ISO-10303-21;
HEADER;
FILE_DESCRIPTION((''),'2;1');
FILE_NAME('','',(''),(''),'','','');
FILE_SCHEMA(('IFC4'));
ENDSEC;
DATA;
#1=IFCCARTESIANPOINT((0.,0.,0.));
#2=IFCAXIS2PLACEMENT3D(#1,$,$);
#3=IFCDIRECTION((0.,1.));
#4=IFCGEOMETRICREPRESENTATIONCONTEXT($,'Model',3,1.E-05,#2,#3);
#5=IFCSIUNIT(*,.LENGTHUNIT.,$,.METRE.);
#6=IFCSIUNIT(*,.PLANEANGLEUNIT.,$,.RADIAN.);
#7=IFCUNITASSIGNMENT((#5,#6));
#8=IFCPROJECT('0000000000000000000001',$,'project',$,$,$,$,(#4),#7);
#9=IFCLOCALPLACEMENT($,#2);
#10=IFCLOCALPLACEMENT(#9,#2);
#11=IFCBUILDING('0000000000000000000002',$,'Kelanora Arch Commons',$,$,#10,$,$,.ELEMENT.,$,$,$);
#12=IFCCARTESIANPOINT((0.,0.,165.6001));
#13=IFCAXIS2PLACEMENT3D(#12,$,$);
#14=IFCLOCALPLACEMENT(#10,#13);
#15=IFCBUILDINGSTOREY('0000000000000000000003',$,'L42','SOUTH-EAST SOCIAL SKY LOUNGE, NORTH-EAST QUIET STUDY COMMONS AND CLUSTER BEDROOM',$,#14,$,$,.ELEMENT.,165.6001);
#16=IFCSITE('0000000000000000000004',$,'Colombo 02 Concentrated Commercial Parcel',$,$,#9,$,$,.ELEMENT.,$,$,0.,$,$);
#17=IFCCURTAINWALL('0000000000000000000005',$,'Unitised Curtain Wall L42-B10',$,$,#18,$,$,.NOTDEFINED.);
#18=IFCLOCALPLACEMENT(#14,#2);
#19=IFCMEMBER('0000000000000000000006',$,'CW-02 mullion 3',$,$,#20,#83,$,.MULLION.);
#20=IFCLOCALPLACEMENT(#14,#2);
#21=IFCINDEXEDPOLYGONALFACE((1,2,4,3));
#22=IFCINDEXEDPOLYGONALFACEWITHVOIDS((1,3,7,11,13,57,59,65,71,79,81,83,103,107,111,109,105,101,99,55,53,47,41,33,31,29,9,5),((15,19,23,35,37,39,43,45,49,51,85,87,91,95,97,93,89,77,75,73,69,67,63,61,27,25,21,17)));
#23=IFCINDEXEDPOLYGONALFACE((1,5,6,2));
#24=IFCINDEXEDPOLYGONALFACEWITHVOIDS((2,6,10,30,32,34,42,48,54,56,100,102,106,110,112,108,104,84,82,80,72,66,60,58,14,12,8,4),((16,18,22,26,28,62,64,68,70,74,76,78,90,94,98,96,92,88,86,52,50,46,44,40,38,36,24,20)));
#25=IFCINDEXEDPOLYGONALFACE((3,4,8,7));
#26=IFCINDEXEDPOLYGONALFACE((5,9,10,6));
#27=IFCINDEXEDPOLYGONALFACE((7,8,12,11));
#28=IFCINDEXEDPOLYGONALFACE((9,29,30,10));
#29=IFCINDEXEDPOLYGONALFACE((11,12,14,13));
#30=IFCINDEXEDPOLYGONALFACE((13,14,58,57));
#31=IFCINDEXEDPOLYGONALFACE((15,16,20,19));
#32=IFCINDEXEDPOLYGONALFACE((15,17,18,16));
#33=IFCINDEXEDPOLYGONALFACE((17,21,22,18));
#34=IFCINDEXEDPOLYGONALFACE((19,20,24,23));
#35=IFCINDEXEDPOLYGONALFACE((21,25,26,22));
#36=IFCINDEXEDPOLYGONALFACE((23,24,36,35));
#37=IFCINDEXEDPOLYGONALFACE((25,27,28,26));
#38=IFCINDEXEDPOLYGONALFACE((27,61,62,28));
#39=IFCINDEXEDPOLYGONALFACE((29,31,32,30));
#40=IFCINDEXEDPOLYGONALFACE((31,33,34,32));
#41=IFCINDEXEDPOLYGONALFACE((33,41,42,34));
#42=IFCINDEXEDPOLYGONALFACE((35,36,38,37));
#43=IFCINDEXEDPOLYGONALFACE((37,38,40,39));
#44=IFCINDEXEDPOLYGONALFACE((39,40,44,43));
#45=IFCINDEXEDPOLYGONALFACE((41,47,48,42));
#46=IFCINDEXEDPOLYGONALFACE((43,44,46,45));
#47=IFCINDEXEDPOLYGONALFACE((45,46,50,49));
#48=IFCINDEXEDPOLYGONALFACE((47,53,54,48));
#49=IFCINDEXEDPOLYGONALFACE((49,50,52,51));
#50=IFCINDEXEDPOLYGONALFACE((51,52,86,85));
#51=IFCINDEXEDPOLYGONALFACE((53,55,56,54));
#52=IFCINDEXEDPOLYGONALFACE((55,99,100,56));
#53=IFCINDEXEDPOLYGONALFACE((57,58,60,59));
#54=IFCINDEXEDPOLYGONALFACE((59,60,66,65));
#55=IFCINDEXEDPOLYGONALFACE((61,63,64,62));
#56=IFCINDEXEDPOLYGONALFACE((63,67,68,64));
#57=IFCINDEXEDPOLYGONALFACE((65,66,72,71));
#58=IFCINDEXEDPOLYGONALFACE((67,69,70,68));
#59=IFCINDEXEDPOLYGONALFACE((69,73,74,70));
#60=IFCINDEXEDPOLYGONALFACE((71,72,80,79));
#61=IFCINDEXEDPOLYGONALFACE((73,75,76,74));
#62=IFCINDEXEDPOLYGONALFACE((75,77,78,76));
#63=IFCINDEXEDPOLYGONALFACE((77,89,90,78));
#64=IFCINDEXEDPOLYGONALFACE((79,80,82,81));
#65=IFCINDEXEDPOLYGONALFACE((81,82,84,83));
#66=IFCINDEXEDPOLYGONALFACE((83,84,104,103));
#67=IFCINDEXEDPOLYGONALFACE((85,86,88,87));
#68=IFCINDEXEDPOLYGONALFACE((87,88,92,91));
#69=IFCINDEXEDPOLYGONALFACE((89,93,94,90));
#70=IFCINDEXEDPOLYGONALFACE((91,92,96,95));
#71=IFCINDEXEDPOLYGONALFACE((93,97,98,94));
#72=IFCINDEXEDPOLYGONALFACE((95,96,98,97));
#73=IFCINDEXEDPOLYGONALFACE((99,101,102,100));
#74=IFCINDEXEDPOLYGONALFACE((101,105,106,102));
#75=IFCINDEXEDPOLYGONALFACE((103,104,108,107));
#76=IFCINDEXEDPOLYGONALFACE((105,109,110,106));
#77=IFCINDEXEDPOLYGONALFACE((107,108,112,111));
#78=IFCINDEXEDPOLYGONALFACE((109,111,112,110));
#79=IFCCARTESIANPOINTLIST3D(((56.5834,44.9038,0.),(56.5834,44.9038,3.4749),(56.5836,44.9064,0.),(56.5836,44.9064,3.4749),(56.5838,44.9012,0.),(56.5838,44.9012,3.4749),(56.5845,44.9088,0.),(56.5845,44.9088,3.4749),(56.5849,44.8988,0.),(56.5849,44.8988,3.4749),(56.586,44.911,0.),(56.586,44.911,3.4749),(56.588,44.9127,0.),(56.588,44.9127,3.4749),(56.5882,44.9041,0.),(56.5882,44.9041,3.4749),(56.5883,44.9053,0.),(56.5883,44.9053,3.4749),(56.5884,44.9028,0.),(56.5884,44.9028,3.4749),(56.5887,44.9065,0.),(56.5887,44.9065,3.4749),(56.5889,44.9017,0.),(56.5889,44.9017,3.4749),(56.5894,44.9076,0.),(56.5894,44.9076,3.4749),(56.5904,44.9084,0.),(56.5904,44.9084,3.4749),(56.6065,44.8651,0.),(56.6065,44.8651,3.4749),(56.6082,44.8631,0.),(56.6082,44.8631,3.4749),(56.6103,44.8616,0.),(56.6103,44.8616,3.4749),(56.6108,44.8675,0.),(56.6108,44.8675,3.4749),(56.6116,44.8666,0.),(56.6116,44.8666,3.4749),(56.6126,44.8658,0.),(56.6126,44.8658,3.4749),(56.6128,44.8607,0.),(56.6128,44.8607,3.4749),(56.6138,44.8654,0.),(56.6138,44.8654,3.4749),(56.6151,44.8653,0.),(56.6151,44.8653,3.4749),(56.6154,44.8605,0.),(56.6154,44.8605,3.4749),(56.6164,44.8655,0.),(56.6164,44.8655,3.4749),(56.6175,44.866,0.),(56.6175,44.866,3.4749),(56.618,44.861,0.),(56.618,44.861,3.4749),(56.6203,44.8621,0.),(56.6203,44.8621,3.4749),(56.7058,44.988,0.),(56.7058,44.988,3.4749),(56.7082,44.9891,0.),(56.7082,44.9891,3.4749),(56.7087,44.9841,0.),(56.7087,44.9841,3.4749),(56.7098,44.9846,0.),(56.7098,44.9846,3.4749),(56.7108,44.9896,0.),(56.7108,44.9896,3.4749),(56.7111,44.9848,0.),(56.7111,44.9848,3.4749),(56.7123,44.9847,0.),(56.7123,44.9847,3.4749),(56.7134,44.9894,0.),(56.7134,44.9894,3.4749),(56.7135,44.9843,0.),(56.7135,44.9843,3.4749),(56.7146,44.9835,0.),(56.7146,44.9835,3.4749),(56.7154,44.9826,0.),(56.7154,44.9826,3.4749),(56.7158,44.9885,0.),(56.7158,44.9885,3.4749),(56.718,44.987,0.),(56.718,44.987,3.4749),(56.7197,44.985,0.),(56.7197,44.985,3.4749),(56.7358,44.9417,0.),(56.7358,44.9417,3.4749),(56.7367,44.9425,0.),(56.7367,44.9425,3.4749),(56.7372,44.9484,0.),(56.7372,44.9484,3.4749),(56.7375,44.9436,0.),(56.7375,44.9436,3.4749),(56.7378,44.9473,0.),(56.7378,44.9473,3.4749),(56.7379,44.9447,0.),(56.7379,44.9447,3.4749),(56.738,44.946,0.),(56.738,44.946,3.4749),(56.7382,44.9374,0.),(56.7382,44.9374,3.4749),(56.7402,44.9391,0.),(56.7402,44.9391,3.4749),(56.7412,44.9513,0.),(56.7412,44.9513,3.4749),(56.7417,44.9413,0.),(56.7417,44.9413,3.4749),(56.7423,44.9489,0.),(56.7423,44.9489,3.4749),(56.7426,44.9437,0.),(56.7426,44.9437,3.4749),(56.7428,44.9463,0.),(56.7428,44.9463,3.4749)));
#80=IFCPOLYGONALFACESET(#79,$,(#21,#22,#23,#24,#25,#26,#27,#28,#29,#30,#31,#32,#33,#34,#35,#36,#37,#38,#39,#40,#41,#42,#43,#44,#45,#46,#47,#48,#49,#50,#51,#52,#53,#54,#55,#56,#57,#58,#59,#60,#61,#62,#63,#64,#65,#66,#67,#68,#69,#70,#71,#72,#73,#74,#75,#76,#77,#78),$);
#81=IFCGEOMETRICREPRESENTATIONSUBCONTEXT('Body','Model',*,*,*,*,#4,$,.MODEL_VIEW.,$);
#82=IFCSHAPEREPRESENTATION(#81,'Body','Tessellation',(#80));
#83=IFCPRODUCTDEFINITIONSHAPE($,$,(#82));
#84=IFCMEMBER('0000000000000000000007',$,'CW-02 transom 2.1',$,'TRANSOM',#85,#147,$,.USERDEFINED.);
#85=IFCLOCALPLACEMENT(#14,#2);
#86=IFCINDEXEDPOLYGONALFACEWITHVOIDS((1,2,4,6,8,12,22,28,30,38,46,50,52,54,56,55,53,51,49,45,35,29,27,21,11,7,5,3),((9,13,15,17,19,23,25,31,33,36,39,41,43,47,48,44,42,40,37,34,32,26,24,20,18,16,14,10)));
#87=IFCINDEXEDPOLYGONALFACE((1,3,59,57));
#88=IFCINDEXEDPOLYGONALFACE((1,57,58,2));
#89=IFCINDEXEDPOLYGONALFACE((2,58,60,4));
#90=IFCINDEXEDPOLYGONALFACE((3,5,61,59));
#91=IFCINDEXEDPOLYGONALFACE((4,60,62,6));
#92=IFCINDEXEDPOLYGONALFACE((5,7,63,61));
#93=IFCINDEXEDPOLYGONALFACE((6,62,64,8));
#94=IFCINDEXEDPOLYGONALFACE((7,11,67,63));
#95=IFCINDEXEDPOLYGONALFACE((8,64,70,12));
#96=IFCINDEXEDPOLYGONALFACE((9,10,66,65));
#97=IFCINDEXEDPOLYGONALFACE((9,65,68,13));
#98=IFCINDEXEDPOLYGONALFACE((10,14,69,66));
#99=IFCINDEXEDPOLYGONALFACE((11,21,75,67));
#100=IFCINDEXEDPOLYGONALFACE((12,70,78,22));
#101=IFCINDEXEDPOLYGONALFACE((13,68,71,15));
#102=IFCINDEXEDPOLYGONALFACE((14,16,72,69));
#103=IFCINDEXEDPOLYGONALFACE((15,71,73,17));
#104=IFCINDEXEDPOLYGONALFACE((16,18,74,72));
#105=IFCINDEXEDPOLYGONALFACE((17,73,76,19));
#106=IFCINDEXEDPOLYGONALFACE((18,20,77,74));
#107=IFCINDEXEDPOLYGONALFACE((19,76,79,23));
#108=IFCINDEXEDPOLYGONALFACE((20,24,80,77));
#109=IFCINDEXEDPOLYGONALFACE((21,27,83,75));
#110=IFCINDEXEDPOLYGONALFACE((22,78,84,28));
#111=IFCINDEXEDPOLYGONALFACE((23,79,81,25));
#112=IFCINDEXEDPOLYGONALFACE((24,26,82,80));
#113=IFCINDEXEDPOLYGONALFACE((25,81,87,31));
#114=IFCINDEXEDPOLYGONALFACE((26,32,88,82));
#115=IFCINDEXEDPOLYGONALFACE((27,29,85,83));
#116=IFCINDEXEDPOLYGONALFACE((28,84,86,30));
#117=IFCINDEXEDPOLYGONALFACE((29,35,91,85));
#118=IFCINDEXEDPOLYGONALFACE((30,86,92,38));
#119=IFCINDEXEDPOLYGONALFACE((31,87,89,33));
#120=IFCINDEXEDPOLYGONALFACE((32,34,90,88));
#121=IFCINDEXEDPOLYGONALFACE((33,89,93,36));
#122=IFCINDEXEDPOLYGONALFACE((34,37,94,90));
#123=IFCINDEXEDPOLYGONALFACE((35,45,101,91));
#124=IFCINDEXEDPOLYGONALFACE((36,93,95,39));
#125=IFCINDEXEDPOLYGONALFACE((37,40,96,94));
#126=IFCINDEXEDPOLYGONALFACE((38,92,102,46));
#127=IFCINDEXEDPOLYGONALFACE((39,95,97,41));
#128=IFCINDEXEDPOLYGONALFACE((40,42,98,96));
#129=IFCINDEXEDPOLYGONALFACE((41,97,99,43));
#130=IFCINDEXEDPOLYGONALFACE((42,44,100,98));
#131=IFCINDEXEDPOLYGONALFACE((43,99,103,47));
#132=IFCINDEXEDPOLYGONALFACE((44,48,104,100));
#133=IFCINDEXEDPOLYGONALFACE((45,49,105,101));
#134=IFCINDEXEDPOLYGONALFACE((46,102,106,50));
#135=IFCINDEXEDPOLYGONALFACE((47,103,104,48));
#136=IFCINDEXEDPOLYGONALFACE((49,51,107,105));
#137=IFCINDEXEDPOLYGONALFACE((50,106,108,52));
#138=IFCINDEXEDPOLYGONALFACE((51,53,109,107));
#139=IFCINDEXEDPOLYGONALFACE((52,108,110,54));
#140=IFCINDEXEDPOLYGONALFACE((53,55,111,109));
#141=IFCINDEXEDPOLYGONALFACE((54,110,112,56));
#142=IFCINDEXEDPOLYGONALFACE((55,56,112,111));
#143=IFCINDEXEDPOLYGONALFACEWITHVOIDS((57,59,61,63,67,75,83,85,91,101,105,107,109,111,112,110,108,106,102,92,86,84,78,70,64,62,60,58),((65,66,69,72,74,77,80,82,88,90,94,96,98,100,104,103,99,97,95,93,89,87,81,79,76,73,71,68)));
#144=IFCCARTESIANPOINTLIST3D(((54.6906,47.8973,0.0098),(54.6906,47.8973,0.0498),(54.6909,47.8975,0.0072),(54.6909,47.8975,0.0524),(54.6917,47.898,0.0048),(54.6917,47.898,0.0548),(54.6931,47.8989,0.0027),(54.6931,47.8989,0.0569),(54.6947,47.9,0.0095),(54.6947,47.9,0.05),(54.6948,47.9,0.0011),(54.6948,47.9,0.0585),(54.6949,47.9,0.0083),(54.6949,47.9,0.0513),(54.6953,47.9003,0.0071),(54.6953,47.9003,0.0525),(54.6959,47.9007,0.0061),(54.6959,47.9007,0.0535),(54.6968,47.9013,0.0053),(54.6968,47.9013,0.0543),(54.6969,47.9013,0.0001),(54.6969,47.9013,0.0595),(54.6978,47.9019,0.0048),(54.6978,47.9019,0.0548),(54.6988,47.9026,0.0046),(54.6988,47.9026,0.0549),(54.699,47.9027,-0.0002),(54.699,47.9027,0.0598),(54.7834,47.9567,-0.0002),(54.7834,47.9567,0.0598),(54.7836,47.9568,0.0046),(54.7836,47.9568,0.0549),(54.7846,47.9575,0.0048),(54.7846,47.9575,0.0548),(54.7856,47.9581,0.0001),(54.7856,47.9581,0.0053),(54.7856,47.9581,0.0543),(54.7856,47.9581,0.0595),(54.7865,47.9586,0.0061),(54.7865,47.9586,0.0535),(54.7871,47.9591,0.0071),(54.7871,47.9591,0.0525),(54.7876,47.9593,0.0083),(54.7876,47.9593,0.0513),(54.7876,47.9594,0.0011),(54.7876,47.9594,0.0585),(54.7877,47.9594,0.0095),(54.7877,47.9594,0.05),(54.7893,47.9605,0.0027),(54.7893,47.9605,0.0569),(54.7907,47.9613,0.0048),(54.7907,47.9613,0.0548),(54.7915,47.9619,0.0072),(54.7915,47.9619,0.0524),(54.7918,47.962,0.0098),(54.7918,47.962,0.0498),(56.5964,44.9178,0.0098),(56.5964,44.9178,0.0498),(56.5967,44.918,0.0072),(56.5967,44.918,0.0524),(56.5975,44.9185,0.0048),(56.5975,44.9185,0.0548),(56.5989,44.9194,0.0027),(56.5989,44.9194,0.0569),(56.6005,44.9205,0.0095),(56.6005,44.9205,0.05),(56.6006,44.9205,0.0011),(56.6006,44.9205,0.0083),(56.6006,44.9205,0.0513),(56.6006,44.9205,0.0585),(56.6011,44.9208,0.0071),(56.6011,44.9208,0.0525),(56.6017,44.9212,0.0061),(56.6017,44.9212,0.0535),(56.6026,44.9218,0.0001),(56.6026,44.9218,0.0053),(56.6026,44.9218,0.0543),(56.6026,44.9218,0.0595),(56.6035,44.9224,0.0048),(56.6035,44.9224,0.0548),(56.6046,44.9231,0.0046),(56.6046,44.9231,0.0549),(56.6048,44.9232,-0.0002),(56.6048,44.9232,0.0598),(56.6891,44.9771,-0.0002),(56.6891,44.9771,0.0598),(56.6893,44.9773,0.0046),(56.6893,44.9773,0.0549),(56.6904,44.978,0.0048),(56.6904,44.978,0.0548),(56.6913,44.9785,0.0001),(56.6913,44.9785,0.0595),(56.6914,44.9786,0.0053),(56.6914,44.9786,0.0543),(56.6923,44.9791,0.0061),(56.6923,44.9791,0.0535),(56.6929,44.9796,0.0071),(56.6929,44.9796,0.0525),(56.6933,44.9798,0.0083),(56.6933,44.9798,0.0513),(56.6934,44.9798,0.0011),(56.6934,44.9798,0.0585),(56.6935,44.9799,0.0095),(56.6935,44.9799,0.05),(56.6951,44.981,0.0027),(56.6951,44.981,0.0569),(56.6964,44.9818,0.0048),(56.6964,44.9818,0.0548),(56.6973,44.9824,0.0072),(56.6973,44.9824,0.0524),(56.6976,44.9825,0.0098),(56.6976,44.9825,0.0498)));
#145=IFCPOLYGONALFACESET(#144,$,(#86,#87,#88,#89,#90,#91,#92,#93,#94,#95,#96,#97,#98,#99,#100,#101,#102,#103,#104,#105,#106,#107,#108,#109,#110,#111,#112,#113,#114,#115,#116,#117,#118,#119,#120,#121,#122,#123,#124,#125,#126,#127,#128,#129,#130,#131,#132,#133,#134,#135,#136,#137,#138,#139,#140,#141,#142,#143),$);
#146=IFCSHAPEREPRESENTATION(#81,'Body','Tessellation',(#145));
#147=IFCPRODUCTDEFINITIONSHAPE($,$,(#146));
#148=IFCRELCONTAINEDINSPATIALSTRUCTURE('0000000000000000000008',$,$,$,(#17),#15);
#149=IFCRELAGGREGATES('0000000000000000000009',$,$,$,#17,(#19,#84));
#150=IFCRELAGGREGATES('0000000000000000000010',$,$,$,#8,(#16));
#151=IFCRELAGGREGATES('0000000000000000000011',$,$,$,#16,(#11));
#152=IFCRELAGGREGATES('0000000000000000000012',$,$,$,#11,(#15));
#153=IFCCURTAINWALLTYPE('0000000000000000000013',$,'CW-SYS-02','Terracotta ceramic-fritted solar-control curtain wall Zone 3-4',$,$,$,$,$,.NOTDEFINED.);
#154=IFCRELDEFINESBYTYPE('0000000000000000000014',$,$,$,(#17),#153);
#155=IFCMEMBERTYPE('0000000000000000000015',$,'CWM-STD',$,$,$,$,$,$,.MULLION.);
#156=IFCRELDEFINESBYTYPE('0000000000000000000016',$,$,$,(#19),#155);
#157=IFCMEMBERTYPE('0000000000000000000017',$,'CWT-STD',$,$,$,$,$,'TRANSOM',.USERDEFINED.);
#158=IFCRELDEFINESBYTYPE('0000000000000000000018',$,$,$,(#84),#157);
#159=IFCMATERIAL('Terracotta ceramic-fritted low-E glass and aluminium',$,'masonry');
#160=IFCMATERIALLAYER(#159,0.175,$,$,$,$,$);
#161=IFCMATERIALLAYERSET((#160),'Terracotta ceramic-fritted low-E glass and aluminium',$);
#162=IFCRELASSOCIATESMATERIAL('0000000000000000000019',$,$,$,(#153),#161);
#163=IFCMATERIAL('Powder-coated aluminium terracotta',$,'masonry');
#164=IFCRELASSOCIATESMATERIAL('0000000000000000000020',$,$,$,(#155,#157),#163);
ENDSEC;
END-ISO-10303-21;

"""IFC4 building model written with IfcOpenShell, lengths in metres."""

from ifc_helpers import new_model, si_unit, direction, frame, origin, origin_2d, place, context, subcontext, project, spatial, hollow_rectangle, extrude, material, layer, layer_set, material_profile, profile_set, type_object, element, aggregate, save


model = new_model("IFC4")

# Units and contexts
model_context = context("Model", 3, precision=1e-05, world=origin(), true_north=direction((0.0, 1.0)))
body_context = subcontext(model_context, "Body", "Model", "MODEL_VIEW")
ifc_project = project(units=[si_unit("LENGTHUNIT", "METRE"), si_unit("PLANEANGLEUNIT", "RADIAN")], contexts=[model_context])

# Site, building, storey
site_placement = place(None, origin())
site = spatial("IfcSite", under=ifc_project, at=site_placement, Name="Colombo 02 Concentrated Commercial Parcel", CompositionType="ELEMENT", RefElevation=0.0)
building_placement = place(site_placement, origin())
building = spatial("IfcBuilding", under=site, at=building_placement, Name="Kelanora Arch Commons", CompositionType="ELEMENT")
storey_placement = place(building_placement, frame((0.0, 0.0, 165.6001)))
storey = spatial("IfcBuildingStorey", under=building, at=storey_placement, Name="L42", Description="SOUTH-EAST SOCIAL SKY LOUNGE, NORTH-EAST QUIET STUDY COMMONS AND CLUSTER BEDROOM", CompositionType="ELEMENT", Elevation=165.6001)

# Curtain wall, members
ifc_material_1 = material(Name="Terracotta ceramic-fritted low-E glass and aluminium", Category="masonry")
ifc_layer_1 = layer(ifc_material_1, 0.175)
ifc_layer_set_1 = layer_set([ifc_layer_1], Name="Terracotta ceramic-fritted low-E glass and aluminium")
curtain_wall_type = type_object("IfcCurtainWallType", Name="CW-SYS-02", Description="Terracotta ceramic-fritted solar-control curtain wall Zone 3-4", PredefinedType="NOTDEFINED", material=ifc_layer_set_1)
curtain_wall_placement = place(storey_placement, origin())
curtain_wall = element("IfcCurtainWall", 1, at=curtain_wall_placement, inside=storey, type_object=curtain_wall_type, Name="Unitised Curtain Wall L42-B10", PredefinedType="NOTDEFINED")
ifc_material_2 = material(Name="Powder-coated aluminium terracotta", Category="masonry")
ifc_material_profile_1 = material_profile(ifc_material_2, hollow_rectangle(XDim=0.1599, YDim=0.0601, WallThickness=0.0049, InnerFilletRadius=0.0049, OuterFilletRadius=0.01, at=origin_2d()), Name="CWM160x60")
ifc_profile_set_1 = profile_set([ifc_material_profile_1], Name="Powder-coated aluminium terracotta")
member_type_1 = type_object("IfcMemberType", Name="CWM-STD", PredefinedType="MULLION", material=ifc_profile_set_1)
member_1_placement = place(storey_placement, frame((56.6631, 44.925, 0.0), z_axis=(0.0, 0.0, 1.0), x_axis=(0.842423, 0.538817, 0.0)))
member_1 = element("IfcMember", 2, at=member_1_placement, type_object=member_type_1, Name="CW-02 mullion 3", PredefinedType="MULLION", context=body_context, shape_type="SweptSolid", body=[
    extrude(hollow_rectangle(XDim=0.1599, YDim=0.0601, WallThickness=0.0049, InnerFilletRadius=0.0049, OuterFilletRadius=0.01, at=origin_2d()), origin(), (0.0, 0.0, 1.0), 3.4749),
])
ifc_material_profile_2 = material_profile(ifc_material_2, hollow_rectangle(XDim=0.1201, YDim=0.0601, WallThickness=0.0049, InnerFilletRadius=0.0049, OuterFilletRadius=0.01, at=origin_2d()), Name="CWT120x60")
ifc_profile_set_2 = profile_set([ifc_material_profile_2], Name="Powder-coated aluminium terracotta")
member_type_2 = type_object("IfcMemberType", Name="CWT-STD", ElementType="TRANSOM", PredefinedType="USERDEFINED", material=ifc_profile_set_2)
member_2_placement = place(storey_placement, frame((54.7412, 47.9297, 0.0298), z_axis=(0.53883, -0.842414, 0.0), x_axis=(0.842414, 0.53883, 0.0)))
member_2 = element("IfcMember", 3, at=member_2_placement, type_object=member_type_2, Name="CW-02 transom 2.1", ObjectType="TRANSOM", PredefinedType="USERDEFINED", context=body_context, shape_type="SweptSolid", body=[
    extrude(hollow_rectangle(XDim=0.1201, YDim=0.0601, WallThickness=0.0049, InnerFilletRadius=0.0049, OuterFilletRadius=0.01, at=origin_2d()), origin(), (0.0, 0.0, 1.0), 3.5369),
])
aggregate(curtain_wall, [member_1, member_2])

save(model, "model.ifc")
